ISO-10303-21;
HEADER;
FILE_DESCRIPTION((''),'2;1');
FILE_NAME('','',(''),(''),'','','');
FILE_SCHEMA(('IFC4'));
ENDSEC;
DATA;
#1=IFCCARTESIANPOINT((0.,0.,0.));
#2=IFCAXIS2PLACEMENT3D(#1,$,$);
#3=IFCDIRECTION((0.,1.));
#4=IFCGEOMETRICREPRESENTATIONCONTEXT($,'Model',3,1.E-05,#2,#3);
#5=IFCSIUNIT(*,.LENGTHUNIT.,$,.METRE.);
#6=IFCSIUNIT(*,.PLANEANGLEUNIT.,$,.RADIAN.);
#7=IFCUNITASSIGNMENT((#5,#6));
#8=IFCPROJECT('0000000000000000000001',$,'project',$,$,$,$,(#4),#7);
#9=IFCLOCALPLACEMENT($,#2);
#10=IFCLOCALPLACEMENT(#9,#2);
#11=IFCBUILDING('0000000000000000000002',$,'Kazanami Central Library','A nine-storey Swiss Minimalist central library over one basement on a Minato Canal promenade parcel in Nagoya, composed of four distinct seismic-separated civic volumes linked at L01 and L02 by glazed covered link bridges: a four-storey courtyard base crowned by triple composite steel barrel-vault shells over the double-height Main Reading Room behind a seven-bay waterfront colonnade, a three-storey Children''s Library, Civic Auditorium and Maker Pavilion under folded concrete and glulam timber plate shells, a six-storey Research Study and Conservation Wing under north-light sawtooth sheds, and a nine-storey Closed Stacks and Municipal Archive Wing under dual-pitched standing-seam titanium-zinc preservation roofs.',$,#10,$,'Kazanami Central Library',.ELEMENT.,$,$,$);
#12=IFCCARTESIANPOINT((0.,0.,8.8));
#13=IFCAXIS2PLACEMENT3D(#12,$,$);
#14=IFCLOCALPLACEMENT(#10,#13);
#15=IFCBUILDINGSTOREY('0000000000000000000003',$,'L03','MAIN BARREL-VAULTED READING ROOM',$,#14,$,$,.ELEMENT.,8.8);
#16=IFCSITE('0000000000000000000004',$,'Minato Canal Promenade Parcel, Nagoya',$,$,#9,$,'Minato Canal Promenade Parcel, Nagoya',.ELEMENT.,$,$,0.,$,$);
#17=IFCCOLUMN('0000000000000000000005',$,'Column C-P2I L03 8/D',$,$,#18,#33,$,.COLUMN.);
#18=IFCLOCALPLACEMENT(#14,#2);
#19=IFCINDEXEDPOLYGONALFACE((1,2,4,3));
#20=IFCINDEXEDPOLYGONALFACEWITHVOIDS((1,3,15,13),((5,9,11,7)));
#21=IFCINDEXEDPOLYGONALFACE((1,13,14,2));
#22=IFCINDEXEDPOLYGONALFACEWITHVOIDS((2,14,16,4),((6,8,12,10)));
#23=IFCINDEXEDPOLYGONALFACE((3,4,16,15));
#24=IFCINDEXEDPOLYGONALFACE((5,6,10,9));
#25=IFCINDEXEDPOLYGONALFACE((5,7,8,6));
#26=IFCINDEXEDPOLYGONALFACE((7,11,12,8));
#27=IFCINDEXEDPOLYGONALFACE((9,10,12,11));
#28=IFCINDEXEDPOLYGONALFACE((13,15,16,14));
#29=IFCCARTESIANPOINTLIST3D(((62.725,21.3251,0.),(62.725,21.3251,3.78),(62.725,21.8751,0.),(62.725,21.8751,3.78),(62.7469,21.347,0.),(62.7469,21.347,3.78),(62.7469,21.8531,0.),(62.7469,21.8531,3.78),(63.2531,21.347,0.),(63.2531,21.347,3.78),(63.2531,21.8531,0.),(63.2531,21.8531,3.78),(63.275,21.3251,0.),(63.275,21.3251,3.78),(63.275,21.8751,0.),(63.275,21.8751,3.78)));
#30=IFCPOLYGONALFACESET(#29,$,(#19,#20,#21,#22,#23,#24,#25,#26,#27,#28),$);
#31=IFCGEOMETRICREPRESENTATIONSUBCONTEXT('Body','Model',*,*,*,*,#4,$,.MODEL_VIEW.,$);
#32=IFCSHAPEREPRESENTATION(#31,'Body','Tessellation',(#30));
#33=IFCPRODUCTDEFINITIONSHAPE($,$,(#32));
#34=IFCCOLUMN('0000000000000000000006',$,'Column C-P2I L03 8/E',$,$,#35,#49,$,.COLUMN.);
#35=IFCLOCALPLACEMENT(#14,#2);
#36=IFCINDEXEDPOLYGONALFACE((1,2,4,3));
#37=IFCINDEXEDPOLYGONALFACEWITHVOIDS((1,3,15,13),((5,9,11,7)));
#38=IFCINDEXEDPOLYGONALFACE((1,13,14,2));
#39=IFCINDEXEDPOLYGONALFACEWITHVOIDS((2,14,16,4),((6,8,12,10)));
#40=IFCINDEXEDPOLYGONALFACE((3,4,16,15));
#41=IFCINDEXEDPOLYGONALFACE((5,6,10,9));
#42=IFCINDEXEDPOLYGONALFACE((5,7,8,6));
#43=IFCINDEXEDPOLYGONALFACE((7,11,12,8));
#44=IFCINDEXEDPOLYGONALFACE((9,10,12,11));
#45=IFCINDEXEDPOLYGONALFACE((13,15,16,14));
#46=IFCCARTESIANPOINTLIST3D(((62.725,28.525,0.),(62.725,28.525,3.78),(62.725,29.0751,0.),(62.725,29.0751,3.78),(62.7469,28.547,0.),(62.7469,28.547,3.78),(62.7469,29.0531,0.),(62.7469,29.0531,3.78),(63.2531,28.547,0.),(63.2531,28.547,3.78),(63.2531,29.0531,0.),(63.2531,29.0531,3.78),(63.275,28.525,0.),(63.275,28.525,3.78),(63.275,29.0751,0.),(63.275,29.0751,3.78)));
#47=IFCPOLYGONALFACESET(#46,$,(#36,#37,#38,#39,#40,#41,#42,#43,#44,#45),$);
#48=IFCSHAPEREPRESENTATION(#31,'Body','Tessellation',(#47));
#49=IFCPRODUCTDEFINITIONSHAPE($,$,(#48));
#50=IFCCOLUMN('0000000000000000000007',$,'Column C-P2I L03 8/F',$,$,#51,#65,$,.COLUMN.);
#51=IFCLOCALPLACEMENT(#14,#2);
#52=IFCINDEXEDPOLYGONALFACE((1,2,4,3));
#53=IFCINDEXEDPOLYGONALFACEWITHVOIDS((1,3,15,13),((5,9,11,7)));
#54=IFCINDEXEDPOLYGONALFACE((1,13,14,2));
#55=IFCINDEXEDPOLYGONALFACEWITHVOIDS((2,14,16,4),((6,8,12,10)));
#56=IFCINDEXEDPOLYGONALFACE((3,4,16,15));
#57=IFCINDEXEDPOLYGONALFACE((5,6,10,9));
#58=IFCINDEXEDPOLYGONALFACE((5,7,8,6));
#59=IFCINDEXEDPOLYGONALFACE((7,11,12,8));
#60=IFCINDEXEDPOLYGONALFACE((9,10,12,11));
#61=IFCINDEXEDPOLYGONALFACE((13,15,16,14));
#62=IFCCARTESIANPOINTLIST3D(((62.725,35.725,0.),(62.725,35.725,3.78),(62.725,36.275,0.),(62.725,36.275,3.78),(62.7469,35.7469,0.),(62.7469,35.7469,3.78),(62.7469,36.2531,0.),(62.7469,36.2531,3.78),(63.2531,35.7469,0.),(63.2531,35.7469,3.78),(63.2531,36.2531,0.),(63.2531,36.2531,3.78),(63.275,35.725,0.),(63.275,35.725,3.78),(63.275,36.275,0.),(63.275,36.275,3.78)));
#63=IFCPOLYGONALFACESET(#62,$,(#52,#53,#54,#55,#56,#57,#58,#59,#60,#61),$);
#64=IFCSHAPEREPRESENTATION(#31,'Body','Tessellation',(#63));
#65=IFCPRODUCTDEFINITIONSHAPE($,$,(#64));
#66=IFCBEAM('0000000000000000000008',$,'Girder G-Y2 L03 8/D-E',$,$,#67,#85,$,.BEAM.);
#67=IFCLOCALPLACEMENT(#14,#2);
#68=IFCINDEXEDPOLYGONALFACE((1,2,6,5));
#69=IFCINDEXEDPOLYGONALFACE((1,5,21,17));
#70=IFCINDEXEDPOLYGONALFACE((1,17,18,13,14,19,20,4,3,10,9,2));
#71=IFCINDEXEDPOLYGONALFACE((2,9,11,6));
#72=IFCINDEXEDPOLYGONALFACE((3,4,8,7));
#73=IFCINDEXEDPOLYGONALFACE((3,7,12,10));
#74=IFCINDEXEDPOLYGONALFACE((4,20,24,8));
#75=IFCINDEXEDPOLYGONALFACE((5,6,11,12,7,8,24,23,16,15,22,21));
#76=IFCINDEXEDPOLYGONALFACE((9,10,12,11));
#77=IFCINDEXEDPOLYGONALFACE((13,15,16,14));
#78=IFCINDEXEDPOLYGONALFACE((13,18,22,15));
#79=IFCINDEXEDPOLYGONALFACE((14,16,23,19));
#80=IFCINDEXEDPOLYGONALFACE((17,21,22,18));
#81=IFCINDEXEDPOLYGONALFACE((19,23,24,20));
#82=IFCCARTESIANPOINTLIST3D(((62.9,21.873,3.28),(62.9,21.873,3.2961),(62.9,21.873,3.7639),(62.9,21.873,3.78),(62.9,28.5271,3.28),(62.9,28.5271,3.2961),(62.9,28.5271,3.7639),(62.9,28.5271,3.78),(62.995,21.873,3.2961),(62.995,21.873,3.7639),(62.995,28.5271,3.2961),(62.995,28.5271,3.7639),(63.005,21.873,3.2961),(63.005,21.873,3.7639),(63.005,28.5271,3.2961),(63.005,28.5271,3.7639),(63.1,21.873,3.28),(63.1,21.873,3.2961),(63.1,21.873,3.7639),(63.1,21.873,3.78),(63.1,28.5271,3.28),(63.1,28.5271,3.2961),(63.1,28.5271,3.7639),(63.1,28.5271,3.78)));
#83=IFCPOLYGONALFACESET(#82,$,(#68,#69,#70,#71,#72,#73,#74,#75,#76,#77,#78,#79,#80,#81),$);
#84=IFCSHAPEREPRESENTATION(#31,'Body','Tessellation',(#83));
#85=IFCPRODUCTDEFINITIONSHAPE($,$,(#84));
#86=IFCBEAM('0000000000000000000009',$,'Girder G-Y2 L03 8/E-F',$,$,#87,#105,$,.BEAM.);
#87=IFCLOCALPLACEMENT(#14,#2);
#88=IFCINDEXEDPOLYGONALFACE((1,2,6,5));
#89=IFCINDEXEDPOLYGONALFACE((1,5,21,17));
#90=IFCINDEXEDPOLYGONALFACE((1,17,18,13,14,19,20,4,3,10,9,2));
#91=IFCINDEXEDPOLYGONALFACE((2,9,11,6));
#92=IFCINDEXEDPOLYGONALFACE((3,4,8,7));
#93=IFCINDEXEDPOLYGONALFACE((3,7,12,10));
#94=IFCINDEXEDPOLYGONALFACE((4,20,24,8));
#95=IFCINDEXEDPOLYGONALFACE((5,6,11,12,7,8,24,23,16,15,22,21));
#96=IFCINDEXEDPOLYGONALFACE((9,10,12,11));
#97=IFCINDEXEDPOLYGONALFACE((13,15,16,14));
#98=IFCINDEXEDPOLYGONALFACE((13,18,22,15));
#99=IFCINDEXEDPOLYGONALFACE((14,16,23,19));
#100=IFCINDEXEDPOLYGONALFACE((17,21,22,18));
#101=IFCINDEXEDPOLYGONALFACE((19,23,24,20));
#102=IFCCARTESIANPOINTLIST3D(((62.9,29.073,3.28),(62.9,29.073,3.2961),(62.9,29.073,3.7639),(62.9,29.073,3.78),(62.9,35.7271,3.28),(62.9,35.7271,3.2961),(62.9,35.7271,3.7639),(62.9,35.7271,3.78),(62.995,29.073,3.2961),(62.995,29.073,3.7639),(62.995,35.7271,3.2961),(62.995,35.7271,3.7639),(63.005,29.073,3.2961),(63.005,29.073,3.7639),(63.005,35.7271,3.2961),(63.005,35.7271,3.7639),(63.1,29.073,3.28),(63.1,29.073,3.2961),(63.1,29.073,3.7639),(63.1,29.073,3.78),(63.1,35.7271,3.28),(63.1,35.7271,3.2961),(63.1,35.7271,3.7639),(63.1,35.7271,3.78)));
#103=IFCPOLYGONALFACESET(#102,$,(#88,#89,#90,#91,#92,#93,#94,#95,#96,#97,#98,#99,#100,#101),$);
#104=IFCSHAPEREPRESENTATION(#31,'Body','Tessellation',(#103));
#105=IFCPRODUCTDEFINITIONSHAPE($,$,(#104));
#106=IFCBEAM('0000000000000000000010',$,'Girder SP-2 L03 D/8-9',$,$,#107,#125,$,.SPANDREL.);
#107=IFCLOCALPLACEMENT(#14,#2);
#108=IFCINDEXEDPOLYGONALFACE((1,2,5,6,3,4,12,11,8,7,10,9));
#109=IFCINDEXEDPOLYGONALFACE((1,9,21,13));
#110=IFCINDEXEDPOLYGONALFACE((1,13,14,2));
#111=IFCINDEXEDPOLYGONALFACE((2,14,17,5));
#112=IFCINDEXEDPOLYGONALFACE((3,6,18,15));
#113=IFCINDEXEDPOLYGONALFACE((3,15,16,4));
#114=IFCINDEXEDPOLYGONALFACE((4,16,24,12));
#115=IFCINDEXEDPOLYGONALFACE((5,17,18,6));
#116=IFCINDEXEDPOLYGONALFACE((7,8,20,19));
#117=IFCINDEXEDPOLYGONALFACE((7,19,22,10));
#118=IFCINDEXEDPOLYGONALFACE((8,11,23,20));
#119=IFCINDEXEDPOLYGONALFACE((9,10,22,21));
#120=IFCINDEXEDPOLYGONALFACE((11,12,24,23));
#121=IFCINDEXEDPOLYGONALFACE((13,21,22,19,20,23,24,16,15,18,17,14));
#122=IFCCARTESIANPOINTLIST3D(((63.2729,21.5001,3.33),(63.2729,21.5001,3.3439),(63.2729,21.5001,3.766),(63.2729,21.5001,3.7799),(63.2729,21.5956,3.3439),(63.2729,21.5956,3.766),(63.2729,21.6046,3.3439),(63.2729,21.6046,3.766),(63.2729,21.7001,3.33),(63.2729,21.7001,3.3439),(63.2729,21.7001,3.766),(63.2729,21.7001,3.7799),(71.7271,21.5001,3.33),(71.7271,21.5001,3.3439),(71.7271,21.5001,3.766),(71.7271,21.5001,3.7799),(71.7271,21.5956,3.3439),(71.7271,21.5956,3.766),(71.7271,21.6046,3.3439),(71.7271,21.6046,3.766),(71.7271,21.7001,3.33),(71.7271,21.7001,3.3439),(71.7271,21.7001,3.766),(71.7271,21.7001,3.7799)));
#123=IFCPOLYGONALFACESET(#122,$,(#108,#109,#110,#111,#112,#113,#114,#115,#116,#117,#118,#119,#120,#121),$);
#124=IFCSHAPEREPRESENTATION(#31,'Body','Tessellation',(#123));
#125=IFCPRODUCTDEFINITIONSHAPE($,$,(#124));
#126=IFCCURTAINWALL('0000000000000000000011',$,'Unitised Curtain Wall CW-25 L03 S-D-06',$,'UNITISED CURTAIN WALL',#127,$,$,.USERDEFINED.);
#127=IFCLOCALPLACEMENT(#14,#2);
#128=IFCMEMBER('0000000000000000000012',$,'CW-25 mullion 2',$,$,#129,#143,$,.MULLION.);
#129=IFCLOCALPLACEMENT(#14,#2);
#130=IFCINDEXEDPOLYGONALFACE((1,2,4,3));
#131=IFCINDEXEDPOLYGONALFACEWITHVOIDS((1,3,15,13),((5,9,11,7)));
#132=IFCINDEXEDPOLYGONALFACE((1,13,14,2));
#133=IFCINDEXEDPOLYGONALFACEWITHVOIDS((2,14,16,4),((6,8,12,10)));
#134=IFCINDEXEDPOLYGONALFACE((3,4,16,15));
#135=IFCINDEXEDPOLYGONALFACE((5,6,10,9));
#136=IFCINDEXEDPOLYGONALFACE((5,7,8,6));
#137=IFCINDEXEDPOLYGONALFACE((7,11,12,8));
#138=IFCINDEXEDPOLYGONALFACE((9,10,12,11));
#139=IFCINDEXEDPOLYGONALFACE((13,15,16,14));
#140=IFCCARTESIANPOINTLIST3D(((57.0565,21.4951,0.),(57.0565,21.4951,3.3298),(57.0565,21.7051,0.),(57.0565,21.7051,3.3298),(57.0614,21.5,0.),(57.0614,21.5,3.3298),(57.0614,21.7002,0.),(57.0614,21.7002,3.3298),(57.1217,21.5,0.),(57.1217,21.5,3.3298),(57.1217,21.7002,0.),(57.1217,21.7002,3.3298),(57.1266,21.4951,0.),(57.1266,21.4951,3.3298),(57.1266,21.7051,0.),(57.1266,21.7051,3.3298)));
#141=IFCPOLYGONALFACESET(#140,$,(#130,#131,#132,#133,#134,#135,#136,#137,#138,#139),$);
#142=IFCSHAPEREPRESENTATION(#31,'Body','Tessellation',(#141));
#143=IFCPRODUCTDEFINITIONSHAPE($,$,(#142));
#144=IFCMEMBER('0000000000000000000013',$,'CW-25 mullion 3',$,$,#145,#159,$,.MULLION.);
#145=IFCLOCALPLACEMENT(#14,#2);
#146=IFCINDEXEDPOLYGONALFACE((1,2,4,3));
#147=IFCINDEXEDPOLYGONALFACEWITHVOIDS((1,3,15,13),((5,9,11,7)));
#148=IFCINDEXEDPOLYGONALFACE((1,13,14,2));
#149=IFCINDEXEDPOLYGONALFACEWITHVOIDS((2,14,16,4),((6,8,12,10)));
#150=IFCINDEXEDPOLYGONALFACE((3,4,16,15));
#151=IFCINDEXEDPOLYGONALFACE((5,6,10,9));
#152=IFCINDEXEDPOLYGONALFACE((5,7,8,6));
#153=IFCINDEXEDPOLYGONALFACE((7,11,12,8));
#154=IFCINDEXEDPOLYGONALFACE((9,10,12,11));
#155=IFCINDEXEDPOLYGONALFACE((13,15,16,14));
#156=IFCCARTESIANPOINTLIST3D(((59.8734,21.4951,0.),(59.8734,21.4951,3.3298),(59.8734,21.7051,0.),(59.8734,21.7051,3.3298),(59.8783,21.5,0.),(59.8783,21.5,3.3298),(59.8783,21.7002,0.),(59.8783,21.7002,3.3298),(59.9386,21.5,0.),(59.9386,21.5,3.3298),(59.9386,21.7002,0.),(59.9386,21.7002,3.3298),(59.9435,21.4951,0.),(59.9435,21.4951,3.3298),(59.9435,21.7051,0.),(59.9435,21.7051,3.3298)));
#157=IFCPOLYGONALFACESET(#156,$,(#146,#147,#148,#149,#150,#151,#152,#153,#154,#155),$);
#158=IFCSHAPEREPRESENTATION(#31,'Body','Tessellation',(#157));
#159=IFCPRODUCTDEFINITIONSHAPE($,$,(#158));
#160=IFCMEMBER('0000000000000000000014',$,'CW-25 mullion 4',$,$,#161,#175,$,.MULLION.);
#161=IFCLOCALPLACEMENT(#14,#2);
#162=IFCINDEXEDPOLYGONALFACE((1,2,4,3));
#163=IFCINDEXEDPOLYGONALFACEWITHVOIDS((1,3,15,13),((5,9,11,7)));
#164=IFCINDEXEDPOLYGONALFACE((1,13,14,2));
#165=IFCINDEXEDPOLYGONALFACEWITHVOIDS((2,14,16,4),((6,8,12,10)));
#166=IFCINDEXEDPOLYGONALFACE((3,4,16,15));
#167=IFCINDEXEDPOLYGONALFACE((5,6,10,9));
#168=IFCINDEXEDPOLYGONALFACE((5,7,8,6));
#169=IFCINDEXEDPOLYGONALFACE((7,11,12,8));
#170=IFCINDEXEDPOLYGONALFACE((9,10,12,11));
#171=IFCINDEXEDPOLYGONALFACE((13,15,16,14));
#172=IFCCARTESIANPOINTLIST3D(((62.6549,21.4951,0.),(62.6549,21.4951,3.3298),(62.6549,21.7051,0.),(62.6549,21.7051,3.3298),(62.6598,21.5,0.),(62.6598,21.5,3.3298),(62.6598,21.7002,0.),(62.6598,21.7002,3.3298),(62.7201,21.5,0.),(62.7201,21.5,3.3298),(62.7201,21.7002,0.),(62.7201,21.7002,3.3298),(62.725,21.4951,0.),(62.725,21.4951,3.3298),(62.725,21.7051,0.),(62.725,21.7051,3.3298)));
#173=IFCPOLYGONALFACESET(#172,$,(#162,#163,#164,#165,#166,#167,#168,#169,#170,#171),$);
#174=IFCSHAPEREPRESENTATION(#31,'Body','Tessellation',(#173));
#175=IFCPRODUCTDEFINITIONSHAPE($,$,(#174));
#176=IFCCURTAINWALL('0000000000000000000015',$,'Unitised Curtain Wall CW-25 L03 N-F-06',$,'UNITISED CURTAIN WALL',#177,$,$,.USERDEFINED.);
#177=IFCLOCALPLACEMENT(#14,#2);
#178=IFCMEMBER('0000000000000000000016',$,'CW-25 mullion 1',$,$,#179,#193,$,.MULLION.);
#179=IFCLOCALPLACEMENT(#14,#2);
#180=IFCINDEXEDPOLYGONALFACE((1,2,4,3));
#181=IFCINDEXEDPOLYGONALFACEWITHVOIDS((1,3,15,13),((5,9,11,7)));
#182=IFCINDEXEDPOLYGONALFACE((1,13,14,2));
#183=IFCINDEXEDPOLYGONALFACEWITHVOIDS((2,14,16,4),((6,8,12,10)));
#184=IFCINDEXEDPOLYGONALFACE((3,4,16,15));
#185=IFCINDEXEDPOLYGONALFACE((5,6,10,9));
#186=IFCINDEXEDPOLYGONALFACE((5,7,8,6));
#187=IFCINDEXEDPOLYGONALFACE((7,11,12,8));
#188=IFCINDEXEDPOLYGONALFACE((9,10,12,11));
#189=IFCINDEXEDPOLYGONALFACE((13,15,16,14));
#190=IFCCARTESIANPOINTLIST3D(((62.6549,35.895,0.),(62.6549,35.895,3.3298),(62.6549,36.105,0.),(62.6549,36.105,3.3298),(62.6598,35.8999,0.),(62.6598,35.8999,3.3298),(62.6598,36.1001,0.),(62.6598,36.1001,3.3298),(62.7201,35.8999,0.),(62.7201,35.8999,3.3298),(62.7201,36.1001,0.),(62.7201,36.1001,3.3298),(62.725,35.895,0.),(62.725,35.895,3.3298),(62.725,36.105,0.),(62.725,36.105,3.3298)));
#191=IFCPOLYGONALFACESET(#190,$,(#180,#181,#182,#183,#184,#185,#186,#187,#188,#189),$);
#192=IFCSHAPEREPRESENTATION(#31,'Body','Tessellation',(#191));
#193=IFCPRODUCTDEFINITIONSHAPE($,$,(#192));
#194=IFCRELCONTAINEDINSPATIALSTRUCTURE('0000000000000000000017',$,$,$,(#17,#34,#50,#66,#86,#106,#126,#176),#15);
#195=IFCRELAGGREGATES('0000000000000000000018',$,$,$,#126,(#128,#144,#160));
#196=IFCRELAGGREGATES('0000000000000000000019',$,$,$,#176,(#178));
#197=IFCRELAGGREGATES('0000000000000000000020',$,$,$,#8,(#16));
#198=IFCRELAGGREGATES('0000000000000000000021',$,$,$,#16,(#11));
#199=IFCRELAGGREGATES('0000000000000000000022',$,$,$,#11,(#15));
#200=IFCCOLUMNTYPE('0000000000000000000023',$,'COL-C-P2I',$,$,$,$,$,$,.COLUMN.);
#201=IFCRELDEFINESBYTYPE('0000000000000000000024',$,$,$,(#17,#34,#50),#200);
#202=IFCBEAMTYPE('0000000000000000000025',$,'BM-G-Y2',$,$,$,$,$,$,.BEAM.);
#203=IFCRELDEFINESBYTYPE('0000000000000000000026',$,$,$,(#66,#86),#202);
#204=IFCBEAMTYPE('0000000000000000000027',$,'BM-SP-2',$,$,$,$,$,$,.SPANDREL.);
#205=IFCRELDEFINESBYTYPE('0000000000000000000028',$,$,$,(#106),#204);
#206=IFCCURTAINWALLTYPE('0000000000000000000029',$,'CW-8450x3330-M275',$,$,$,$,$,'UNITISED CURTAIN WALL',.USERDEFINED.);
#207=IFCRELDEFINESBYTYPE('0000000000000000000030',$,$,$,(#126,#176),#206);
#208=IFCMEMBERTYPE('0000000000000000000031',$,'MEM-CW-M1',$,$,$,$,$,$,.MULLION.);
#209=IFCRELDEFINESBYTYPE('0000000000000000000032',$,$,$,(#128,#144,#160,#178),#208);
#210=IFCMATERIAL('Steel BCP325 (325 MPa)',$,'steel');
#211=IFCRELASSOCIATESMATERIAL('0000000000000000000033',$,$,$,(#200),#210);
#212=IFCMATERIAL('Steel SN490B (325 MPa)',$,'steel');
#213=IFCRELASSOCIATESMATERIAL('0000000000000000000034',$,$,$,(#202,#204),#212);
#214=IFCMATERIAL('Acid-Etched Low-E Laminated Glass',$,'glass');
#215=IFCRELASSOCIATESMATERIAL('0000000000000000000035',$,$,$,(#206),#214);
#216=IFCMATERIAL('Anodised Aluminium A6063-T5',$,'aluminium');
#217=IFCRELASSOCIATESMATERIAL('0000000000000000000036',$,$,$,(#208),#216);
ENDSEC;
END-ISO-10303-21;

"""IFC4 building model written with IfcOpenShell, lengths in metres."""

from ifc_helpers import new_model, si_unit, direction, frame, origin, origin_2d, place, context, subcontext, project, spatial, hollow_rectangle, i_section, extrude, material, material_profile, profile_set, type_object, element, aggregate, save


model = new_model("IFC4")

# Units and contexts
model_context = context("Model", 3, precision=1e-05, world=origin(), true_north=direction((0.0, 1.0)))
body_context = subcontext(model_context, "Body", "Model", "MODEL_VIEW")
ifc_project = project(units=[si_unit("LENGTHUNIT", "METRE"), si_unit("PLANEANGLEUNIT", "RADIAN")], contexts=[model_context])

# Site, building, storey
site_placement = place(None, origin())
site = spatial("IfcSite", under=ifc_project, at=site_placement, Name="Minato Canal Promenade Parcel, Nagoya", LongName="Minato Canal Promenade Parcel, Nagoya", CompositionType="ELEMENT", RefElevation=0.0)
building_placement = place(site_placement, origin())
building = spatial("IfcBuilding", under=site, at=building_placement, Name="Kazanami Central Library", Description="A nine-storey Swiss Minimalist central library over one basement on a Minato Canal promenade parcel in Nagoya, composed of four distinct seismic-separated civic volumes linked at L01 and L02 by glazed covered link bridges: a four-storey courtyard base crowned by triple composite steel barrel-vault shells over the double-height Main Reading Room behind a seven-bay waterfront colonnade, a three-storey Children's Library, Civic Auditorium and Maker Pavilion under folded concrete and glulam timber plate shells, a six-storey Research Study and Conservation Wing under north-light sawtooth sheds, and a nine-storey Closed Stacks and Municipal Archive Wing under dual-pitched standing-seam titanium-zinc preservation roofs.", LongName="Kazanami Central Library", CompositionType="ELEMENT")
storey_placement = place(building_placement, frame((0.0, 0.0, 8.8)))
storey = spatial("IfcBuildingStorey", under=building, at=storey_placement, Name="L03", Description="MAIN BARREL-VAULTED READING ROOM", CompositionType="ELEMENT", Elevation=8.8)

# Columns
ifc_material_1 = material(Name="Steel BCP325 (325 MPa)", Category="steel")
ifc_material_profile_1 = material_profile(ifc_material_1, hollow_rectangle(XDim=0.55, YDim=0.55, WallThickness=0.022, at=origin_2d()), Name="BCP-550x550x22")
ifc_profile_set_1 = profile_set([ifc_material_profile_1], Name="Steel BCP325 (325 MPa)")
column_type = type_object("IfcColumnType", Name="COL-C-P2I", PredefinedType="COLUMN", material=ifc_profile_set_1)
for number, where, z_axis, x_axis, name in (
    (1, (63.0, 21.6001, 0.0), (0.0, 0.0, 1.0), (1.0, 0.0, 0.0), "Column C-P2I L03 8/D"),
    (2, (63.0, 28.8, 0.0), (0.0, 0.0, 1.0), (1.0, 0.0, 0.0), "Column C-P2I L03 8/E"),
    (3, (63.0, 36.0, 0.0), (0.0, 0.0, 1.0), (1.0, 0.0, 0.0), "Column C-P2I L03 8/F"),
):
    element("IfcColumn", number, at=place(storey_placement, frame(where, z_axis=z_axis, x_axis=x_axis)), inside=storey, type_object=column_type, Name=name, PredefinedType="COLUMN", context=body_context, shape_type="SweptSolid", body=[
        extrude(hollow_rectangle(XDim=0.55, YDim=0.55, WallThickness=0.022, at=origin_2d()), origin(), (0.0, 0.0, 1.0), 3.78),
    ])

# Beams
ifc_material_2 = material(Name="Steel SN490B (325 MPa)", Category="steel")
ifc_material_profile_2 = material_profile(ifc_material_2, i_section(OverallWidth=0.2, OverallDepth=0.5, WebThickness=0.01, FlangeThickness=0.0161, at=origin_2d()), Name="H-500x200x10x16")
ifc_profile_set_2 = profile_set([ifc_material_profile_2], Name="Steel SN490B (325 MPa)")
beam_type_1 = type_object("IfcBeamType", Name="BM-G-Y2", PredefinedType="BEAM", material=ifc_profile_set_2)
for number, where, z_axis, x_axis, name in (
    (4, (63.0, 21.873, 3.53), (0.0, 1.0, 0.0), (-1.0, 0.0, 0.0), "Girder G-Y2 L03 8/D-E"),
    (5, (63.0, 29.073, 3.53), (0.0, 1.0, 0.0), (-1.0, 0.0, 0.0), "Girder G-Y2 L03 8/E-F"),
):
    element("IfcBeam", number, at=place(storey_placement, frame(where, z_axis=z_axis, x_axis=x_axis)), inside=storey, type_object=beam_type_1, Name=name, PredefinedType="BEAM", context=body_context, shape_type="SweptSolid", body=[
        extrude(i_section(OverallWidth=0.2, OverallDepth=0.5, WebThickness=0.01, FlangeThickness=0.0161, at=origin_2d()), origin(), (0.0, 0.0, 1.0), 6.6541),
    ])
ifc_material_profile_3 = material_profile(ifc_material_2, i_section(OverallWidth=0.2, OverallDepth=0.45, WebThickness=0.009, FlangeThickness=0.0139, at=origin_2d()), Name="H-450x200x9x14")
ifc_profile_set_3 = profile_set([ifc_material_profile_3], Name="Steel SN490B (325 MPa)")
beam_type_2 = type_object("IfcBeamType", Name="BM-SP-2", PredefinedType="SPANDREL", material=ifc_profile_set_3)
beam_placement = place(storey_placement, frame((63.2729, 21.6001, 3.5549), z_axis=(1.0, 0.0, 0.0), x_axis=(0.0, 1.0, 0.0)))
element("IfcBeam", 6, at=beam_placement, inside=storey, type_object=beam_type_2, Name="Girder SP-2 L03 D/8-9", PredefinedType="SPANDREL", context=body_context, shape_type="SweptSolid", body=[
    extrude(i_section(OverallWidth=0.2, OverallDepth=0.45, WebThickness=0.009, FlangeThickness=0.0139, at=origin_2d()), origin(), (0.0, 0.0, 1.0), 8.4541),
])

# Curtain walls, members
ifc_material_3 = material(Name="Acid-Etched Low-E Laminated Glass", Category="glass")
curtain_wall_type = type_object("IfcCurtainWallType", Name="CW-8450x3330-M275", ElementType="UNITISED CURTAIN WALL", PredefinedType="USERDEFINED", material=ifc_material_3)
curtain_wall_1_placement = place(storey_placement, origin())
curtain_wall_1 = element("IfcCurtainWall", 7, at=curtain_wall_1_placement, inside=storey, type_object=curtain_wall_type, Name="Unitised Curtain Wall CW-25 L03 S-D-06", ObjectType="UNITISED CURTAIN WALL", PredefinedType="USERDEFINED")
ifc_material_4 = material(Name="Anodised Aluminium A6063-T5", Category="aluminium")
ifc_material_profile_4 = material_profile(ifc_material_4, hollow_rectangle(XDim=0.0701, YDim=0.21, WallThickness=0.0049, at=origin_2d()), Name="ALU-MULL-70x210x5")
ifc_profile_set_4 = profile_set([ifc_material_profile_4], Name="Anodised Aluminium A6063-T5")
member_type_1 = type_object("IfcMemberType", Name="MEM-CW-M1", PredefinedType="MULLION", material=ifc_profile_set_4)
member_1_placement = place(storey_placement, frame((57.0916, 21.6001, 0.0), z_axis=(0.0, 0.0, 1.0), x_axis=(1.0, 0.0, 0.0)))
member_1 = element("IfcMember", 8, at=member_1_placement, type_object=member_type_1, Name="CW-25 mullion 2", PredefinedType="MULLION", context=body_context, shape_type="SweptSolid", body=[
    extrude(hollow_rectangle(XDim=0.0701, YDim=0.21, WallThickness=0.0049, at=origin_2d()), origin(), (0.0, 0.0, 1.0), 3.3298),
])
member_2_placement = place(storey_placement, frame((59.9084, 21.6001, 0.0), z_axis=(0.0, 0.0, 1.0), x_axis=(1.0, 0.0, 0.0)))
member_2 = element("IfcMember", 9, at=member_2_placement, type_object=member_type_1, Name="CW-25 mullion 3", PredefinedType="MULLION", context=body_context, shape_type="SweptSolid", body=[
    extrude(hollow_rectangle(XDim=0.0701, YDim=0.21, WallThickness=0.0049, at=origin_2d()), origin(), (0.0, 0.0, 1.0), 3.3298),
])
member_3_placement = place(storey_placement, frame((62.6899, 21.6001, 0.0), z_axis=(0.0, 0.0, 1.0), x_axis=(1.0, 0.0, 0.0)))
member_3 = element("IfcMember", 10, at=member_3_placement, type_object=member_type_1, Name="CW-25 mullion 4", PredefinedType="MULLION", context=body_context, shape_type="SweptSolid", body=[
    extrude(hollow_rectangle(XDim=0.0701, YDim=0.21, WallThickness=0.0049, at=origin_2d()), origin(), (0.0, 0.0, 1.0), 3.3298),
])
curtain_wall_2_placement = place(storey_placement, origin())
curtain_wall_2 = element("IfcCurtainWall", 11, at=curtain_wall_2_placement, inside=storey, type_object=curtain_wall_type, Name="Unitised Curtain Wall CW-25 L03 N-F-06", ObjectType="UNITISED CURTAIN WALL", PredefinedType="USERDEFINED")
member_4_placement = place(storey_placement, frame((62.6899, 36.0, 0.0), z_axis=(0.0, 0.0, 1.0), x_axis=(-1.0, 0.0, 0.0)))
member_4 = element("IfcMember", 12, at=member_4_placement, type_object=member_type_1, Name="CW-25 mullion 1", PredefinedType="MULLION", context=body_context, shape_type="SweptSolid", body=[
    extrude(hollow_rectangle(XDim=0.0701, YDim=0.21, WallThickness=0.0049, at=origin_2d()), origin(), (0.0, 0.0, 1.0), 3.3298),
])

aggregate(curtain_wall_1, [member_1, member_2, member_3])
aggregate(curtain_wall_2, [member_4])

save(model, "model.ifc")
